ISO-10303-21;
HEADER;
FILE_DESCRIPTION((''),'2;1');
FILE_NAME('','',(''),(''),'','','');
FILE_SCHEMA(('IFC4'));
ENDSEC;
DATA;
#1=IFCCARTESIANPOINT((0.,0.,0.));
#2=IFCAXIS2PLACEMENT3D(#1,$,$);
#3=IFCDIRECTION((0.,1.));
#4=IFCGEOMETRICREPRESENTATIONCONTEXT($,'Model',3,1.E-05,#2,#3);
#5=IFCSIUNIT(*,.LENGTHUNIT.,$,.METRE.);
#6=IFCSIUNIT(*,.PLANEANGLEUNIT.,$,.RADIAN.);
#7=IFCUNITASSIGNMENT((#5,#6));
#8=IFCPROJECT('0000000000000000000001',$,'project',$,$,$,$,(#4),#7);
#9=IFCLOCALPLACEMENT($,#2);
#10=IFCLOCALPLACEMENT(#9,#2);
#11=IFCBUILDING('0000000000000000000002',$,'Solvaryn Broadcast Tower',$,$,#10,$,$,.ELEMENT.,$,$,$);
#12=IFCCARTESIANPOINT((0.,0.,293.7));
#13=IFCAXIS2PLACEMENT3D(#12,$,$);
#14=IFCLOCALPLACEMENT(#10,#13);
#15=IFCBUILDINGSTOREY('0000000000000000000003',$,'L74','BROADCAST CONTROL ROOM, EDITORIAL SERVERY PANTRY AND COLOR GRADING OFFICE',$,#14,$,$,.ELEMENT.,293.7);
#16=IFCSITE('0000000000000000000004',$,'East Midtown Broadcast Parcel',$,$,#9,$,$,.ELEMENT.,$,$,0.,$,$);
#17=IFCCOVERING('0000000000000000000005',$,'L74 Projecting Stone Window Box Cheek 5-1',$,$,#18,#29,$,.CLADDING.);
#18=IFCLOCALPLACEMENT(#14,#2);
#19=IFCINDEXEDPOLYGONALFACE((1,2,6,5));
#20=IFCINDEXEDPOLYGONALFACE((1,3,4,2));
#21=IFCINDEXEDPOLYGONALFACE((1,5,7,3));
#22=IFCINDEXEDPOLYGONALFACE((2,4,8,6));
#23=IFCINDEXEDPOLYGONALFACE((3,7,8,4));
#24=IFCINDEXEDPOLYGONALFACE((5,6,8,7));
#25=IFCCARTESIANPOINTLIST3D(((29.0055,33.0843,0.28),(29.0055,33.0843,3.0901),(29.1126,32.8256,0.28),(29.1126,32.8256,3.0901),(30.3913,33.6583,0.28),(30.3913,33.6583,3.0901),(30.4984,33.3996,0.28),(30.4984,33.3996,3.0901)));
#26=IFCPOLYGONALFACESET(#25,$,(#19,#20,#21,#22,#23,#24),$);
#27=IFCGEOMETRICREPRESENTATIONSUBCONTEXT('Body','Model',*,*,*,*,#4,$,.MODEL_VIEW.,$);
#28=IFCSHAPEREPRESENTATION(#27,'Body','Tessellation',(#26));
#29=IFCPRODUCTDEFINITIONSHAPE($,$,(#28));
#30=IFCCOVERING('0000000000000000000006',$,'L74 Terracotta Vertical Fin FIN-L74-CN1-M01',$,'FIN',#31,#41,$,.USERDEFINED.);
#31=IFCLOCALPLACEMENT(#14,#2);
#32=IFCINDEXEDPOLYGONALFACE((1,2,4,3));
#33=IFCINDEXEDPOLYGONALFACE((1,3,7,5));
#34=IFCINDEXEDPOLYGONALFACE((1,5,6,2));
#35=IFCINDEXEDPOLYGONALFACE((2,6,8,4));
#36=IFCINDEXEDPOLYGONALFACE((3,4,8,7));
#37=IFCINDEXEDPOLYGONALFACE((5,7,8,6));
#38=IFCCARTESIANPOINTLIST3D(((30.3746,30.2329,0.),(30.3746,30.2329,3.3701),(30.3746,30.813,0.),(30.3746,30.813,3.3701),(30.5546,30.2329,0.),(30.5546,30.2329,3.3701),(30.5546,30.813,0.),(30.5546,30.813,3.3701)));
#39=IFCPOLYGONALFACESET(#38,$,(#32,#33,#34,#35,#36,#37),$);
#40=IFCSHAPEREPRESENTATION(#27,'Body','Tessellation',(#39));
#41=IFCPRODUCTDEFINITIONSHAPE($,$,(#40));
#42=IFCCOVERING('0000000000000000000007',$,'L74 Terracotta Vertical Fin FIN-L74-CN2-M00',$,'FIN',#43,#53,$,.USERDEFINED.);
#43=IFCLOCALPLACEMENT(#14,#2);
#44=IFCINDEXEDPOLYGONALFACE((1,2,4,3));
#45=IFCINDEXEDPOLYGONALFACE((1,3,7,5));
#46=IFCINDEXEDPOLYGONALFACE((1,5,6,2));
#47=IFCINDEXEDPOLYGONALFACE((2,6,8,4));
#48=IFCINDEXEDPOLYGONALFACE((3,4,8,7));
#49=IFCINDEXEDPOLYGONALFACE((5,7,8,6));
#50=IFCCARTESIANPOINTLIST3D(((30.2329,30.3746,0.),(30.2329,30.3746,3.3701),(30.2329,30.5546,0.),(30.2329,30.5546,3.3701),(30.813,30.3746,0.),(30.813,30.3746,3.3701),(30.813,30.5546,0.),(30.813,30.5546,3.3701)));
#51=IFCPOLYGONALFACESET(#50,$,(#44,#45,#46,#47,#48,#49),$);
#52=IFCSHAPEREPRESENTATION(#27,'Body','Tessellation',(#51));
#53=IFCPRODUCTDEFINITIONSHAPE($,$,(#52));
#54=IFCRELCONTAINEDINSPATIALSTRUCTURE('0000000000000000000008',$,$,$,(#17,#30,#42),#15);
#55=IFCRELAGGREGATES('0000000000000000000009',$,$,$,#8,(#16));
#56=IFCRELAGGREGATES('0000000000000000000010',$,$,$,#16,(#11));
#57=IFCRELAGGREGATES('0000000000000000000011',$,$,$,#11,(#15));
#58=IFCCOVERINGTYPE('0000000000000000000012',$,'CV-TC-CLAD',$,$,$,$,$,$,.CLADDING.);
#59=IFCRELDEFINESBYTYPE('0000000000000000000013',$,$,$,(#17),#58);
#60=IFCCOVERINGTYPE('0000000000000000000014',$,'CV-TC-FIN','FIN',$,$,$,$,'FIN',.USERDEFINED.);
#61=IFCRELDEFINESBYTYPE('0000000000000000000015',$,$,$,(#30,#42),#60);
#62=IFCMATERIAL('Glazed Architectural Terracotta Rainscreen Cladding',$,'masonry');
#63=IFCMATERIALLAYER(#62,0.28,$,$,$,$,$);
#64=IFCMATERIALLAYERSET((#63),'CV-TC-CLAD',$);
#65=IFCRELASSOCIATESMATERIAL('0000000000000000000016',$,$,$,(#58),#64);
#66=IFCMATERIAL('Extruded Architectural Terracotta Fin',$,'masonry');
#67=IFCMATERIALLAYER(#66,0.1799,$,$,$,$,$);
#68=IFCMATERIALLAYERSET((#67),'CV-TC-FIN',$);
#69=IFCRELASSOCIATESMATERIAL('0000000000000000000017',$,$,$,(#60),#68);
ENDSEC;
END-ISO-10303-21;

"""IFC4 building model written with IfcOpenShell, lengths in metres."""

from ifc_helpers import new_model, si_unit, direction, frame, origin, origin_2d, place, context, subcontext, project, spatial, rectangle, extrude, material, layer, layer_set, type_object, element, save


model = new_model("IFC4")

# Units and contexts
model_context = context("Model", 3, precision=1e-05, world=origin(), true_north=direction((0.0, 1.0)))
body_context = subcontext(model_context, "Body", "Model", "MODEL_VIEW")
ifc_project = project(units=[si_unit("LENGTHUNIT", "METRE"), si_unit("PLANEANGLEUNIT", "RADIAN")], contexts=[model_context])

# Site, building, storey
site_placement = place(None, origin())
site = spatial("IfcSite", under=ifc_project, at=site_placement, Name="East Midtown Broadcast Parcel", CompositionType="ELEMENT", RefElevation=0.0)
building_placement = place(site_placement, origin())
building = spatial("IfcBuilding", under=site, at=building_placement, Name="Solvaryn Broadcast Tower", CompositionType="ELEMENT")
storey_placement = place(building_placement, frame((0.0, 0.0, 293.7)))
storey = spatial("IfcBuildingStorey", under=building, at=storey_placement, Name="L74", Description="BROADCAST CONTROL ROOM, EDITORIAL SERVERY PANTRY AND COLOR GRADING OFFICE", CompositionType="ELEMENT", Elevation=293.7)

# Coverings
ifc_material_1 = material(Name="Glazed Architectural Terracotta Rainscreen Cladding", Category="masonry")
ifc_layer_1 = layer(ifc_material_1, 0.28)
ifc_layer_set_1 = layer_set([ifc_layer_1], Name="CV-TC-CLAD")
covering_type_1 = type_object("IfcCoveringType", Name="CV-TC-CLAD", PredefinedType="CLADDING", material=ifc_layer_set_1)
covering_1_placement = place(storey_placement, frame((29.752, 33.2419, 0.28), z_axis=(0.0, 0.0, 1.0), x_axis=(-0.382683, 0.92388, 0.0)))
element("IfcCovering", 1, at=covering_1_placement, inside=storey, type_object=covering_type_1, Name="L74 Projecting Stone Window Box Cheek 5-1", PredefinedType="CLADDING", context=body_context, shape_type="SweptSolid", body=[
    extrude(rectangle(XDim=0.28, YDim=1.5, at=origin_2d()), origin(), (0.0, 0.0, 1.0), 2.8101),
])
ifc_material_2 = material(Name="Extruded Architectural Terracotta Fin", Category="masonry")
ifc_layer_2 = layer(ifc_material_2, 0.1799)
ifc_layer_set_2 = layer_set([ifc_layer_2], Name="CV-TC-FIN")
covering_type_2 = type_object("IfcCoveringType", Name="CV-TC-FIN", Description="FIN", ElementType="FIN", PredefinedType="USERDEFINED", material=ifc_layer_set_2)
covering_2_placement = place(storey_placement, frame((30.4646, 30.5229, 0.0), z_axis=(0.0, 0.0, 1.0), x_axis=(1.0, 0.0, 0.0)))
element("IfcCovering", 2, at=covering_2_placement, inside=storey, type_object=covering_type_2, Name="L74 Terracotta Vertical Fin FIN-L74-CN1-M01", ObjectType="FIN", PredefinedType="USERDEFINED", context=body_context, shape_type="SweptSolid", body=[
    extrude(rectangle(XDim=0.1799, YDim=0.5801, at=origin_2d()), origin(), (0.0, 0.0, 1.0), 3.3701),
])
covering_3_placement = place(storey_placement, frame((30.5229, 30.4646, 0.0), z_axis=(0.0, 0.0, 1.0), x_axis=(1.0, 0.0, 0.0)))
element("IfcCovering", 3, at=covering_3_placement, inside=storey, type_object=covering_type_2, Name="L74 Terracotta Vertical Fin FIN-L74-CN2-M00", ObjectType="FIN", PredefinedType="USERDEFINED", context=body_context, shape_type="SweptSolid", body=[
    extrude(rectangle(XDim=0.5801, YDim=0.1799, at=origin_2d()), origin(), (0.0, 0.0, 1.0), 3.3701),
])

save(model, "model.ifc")
